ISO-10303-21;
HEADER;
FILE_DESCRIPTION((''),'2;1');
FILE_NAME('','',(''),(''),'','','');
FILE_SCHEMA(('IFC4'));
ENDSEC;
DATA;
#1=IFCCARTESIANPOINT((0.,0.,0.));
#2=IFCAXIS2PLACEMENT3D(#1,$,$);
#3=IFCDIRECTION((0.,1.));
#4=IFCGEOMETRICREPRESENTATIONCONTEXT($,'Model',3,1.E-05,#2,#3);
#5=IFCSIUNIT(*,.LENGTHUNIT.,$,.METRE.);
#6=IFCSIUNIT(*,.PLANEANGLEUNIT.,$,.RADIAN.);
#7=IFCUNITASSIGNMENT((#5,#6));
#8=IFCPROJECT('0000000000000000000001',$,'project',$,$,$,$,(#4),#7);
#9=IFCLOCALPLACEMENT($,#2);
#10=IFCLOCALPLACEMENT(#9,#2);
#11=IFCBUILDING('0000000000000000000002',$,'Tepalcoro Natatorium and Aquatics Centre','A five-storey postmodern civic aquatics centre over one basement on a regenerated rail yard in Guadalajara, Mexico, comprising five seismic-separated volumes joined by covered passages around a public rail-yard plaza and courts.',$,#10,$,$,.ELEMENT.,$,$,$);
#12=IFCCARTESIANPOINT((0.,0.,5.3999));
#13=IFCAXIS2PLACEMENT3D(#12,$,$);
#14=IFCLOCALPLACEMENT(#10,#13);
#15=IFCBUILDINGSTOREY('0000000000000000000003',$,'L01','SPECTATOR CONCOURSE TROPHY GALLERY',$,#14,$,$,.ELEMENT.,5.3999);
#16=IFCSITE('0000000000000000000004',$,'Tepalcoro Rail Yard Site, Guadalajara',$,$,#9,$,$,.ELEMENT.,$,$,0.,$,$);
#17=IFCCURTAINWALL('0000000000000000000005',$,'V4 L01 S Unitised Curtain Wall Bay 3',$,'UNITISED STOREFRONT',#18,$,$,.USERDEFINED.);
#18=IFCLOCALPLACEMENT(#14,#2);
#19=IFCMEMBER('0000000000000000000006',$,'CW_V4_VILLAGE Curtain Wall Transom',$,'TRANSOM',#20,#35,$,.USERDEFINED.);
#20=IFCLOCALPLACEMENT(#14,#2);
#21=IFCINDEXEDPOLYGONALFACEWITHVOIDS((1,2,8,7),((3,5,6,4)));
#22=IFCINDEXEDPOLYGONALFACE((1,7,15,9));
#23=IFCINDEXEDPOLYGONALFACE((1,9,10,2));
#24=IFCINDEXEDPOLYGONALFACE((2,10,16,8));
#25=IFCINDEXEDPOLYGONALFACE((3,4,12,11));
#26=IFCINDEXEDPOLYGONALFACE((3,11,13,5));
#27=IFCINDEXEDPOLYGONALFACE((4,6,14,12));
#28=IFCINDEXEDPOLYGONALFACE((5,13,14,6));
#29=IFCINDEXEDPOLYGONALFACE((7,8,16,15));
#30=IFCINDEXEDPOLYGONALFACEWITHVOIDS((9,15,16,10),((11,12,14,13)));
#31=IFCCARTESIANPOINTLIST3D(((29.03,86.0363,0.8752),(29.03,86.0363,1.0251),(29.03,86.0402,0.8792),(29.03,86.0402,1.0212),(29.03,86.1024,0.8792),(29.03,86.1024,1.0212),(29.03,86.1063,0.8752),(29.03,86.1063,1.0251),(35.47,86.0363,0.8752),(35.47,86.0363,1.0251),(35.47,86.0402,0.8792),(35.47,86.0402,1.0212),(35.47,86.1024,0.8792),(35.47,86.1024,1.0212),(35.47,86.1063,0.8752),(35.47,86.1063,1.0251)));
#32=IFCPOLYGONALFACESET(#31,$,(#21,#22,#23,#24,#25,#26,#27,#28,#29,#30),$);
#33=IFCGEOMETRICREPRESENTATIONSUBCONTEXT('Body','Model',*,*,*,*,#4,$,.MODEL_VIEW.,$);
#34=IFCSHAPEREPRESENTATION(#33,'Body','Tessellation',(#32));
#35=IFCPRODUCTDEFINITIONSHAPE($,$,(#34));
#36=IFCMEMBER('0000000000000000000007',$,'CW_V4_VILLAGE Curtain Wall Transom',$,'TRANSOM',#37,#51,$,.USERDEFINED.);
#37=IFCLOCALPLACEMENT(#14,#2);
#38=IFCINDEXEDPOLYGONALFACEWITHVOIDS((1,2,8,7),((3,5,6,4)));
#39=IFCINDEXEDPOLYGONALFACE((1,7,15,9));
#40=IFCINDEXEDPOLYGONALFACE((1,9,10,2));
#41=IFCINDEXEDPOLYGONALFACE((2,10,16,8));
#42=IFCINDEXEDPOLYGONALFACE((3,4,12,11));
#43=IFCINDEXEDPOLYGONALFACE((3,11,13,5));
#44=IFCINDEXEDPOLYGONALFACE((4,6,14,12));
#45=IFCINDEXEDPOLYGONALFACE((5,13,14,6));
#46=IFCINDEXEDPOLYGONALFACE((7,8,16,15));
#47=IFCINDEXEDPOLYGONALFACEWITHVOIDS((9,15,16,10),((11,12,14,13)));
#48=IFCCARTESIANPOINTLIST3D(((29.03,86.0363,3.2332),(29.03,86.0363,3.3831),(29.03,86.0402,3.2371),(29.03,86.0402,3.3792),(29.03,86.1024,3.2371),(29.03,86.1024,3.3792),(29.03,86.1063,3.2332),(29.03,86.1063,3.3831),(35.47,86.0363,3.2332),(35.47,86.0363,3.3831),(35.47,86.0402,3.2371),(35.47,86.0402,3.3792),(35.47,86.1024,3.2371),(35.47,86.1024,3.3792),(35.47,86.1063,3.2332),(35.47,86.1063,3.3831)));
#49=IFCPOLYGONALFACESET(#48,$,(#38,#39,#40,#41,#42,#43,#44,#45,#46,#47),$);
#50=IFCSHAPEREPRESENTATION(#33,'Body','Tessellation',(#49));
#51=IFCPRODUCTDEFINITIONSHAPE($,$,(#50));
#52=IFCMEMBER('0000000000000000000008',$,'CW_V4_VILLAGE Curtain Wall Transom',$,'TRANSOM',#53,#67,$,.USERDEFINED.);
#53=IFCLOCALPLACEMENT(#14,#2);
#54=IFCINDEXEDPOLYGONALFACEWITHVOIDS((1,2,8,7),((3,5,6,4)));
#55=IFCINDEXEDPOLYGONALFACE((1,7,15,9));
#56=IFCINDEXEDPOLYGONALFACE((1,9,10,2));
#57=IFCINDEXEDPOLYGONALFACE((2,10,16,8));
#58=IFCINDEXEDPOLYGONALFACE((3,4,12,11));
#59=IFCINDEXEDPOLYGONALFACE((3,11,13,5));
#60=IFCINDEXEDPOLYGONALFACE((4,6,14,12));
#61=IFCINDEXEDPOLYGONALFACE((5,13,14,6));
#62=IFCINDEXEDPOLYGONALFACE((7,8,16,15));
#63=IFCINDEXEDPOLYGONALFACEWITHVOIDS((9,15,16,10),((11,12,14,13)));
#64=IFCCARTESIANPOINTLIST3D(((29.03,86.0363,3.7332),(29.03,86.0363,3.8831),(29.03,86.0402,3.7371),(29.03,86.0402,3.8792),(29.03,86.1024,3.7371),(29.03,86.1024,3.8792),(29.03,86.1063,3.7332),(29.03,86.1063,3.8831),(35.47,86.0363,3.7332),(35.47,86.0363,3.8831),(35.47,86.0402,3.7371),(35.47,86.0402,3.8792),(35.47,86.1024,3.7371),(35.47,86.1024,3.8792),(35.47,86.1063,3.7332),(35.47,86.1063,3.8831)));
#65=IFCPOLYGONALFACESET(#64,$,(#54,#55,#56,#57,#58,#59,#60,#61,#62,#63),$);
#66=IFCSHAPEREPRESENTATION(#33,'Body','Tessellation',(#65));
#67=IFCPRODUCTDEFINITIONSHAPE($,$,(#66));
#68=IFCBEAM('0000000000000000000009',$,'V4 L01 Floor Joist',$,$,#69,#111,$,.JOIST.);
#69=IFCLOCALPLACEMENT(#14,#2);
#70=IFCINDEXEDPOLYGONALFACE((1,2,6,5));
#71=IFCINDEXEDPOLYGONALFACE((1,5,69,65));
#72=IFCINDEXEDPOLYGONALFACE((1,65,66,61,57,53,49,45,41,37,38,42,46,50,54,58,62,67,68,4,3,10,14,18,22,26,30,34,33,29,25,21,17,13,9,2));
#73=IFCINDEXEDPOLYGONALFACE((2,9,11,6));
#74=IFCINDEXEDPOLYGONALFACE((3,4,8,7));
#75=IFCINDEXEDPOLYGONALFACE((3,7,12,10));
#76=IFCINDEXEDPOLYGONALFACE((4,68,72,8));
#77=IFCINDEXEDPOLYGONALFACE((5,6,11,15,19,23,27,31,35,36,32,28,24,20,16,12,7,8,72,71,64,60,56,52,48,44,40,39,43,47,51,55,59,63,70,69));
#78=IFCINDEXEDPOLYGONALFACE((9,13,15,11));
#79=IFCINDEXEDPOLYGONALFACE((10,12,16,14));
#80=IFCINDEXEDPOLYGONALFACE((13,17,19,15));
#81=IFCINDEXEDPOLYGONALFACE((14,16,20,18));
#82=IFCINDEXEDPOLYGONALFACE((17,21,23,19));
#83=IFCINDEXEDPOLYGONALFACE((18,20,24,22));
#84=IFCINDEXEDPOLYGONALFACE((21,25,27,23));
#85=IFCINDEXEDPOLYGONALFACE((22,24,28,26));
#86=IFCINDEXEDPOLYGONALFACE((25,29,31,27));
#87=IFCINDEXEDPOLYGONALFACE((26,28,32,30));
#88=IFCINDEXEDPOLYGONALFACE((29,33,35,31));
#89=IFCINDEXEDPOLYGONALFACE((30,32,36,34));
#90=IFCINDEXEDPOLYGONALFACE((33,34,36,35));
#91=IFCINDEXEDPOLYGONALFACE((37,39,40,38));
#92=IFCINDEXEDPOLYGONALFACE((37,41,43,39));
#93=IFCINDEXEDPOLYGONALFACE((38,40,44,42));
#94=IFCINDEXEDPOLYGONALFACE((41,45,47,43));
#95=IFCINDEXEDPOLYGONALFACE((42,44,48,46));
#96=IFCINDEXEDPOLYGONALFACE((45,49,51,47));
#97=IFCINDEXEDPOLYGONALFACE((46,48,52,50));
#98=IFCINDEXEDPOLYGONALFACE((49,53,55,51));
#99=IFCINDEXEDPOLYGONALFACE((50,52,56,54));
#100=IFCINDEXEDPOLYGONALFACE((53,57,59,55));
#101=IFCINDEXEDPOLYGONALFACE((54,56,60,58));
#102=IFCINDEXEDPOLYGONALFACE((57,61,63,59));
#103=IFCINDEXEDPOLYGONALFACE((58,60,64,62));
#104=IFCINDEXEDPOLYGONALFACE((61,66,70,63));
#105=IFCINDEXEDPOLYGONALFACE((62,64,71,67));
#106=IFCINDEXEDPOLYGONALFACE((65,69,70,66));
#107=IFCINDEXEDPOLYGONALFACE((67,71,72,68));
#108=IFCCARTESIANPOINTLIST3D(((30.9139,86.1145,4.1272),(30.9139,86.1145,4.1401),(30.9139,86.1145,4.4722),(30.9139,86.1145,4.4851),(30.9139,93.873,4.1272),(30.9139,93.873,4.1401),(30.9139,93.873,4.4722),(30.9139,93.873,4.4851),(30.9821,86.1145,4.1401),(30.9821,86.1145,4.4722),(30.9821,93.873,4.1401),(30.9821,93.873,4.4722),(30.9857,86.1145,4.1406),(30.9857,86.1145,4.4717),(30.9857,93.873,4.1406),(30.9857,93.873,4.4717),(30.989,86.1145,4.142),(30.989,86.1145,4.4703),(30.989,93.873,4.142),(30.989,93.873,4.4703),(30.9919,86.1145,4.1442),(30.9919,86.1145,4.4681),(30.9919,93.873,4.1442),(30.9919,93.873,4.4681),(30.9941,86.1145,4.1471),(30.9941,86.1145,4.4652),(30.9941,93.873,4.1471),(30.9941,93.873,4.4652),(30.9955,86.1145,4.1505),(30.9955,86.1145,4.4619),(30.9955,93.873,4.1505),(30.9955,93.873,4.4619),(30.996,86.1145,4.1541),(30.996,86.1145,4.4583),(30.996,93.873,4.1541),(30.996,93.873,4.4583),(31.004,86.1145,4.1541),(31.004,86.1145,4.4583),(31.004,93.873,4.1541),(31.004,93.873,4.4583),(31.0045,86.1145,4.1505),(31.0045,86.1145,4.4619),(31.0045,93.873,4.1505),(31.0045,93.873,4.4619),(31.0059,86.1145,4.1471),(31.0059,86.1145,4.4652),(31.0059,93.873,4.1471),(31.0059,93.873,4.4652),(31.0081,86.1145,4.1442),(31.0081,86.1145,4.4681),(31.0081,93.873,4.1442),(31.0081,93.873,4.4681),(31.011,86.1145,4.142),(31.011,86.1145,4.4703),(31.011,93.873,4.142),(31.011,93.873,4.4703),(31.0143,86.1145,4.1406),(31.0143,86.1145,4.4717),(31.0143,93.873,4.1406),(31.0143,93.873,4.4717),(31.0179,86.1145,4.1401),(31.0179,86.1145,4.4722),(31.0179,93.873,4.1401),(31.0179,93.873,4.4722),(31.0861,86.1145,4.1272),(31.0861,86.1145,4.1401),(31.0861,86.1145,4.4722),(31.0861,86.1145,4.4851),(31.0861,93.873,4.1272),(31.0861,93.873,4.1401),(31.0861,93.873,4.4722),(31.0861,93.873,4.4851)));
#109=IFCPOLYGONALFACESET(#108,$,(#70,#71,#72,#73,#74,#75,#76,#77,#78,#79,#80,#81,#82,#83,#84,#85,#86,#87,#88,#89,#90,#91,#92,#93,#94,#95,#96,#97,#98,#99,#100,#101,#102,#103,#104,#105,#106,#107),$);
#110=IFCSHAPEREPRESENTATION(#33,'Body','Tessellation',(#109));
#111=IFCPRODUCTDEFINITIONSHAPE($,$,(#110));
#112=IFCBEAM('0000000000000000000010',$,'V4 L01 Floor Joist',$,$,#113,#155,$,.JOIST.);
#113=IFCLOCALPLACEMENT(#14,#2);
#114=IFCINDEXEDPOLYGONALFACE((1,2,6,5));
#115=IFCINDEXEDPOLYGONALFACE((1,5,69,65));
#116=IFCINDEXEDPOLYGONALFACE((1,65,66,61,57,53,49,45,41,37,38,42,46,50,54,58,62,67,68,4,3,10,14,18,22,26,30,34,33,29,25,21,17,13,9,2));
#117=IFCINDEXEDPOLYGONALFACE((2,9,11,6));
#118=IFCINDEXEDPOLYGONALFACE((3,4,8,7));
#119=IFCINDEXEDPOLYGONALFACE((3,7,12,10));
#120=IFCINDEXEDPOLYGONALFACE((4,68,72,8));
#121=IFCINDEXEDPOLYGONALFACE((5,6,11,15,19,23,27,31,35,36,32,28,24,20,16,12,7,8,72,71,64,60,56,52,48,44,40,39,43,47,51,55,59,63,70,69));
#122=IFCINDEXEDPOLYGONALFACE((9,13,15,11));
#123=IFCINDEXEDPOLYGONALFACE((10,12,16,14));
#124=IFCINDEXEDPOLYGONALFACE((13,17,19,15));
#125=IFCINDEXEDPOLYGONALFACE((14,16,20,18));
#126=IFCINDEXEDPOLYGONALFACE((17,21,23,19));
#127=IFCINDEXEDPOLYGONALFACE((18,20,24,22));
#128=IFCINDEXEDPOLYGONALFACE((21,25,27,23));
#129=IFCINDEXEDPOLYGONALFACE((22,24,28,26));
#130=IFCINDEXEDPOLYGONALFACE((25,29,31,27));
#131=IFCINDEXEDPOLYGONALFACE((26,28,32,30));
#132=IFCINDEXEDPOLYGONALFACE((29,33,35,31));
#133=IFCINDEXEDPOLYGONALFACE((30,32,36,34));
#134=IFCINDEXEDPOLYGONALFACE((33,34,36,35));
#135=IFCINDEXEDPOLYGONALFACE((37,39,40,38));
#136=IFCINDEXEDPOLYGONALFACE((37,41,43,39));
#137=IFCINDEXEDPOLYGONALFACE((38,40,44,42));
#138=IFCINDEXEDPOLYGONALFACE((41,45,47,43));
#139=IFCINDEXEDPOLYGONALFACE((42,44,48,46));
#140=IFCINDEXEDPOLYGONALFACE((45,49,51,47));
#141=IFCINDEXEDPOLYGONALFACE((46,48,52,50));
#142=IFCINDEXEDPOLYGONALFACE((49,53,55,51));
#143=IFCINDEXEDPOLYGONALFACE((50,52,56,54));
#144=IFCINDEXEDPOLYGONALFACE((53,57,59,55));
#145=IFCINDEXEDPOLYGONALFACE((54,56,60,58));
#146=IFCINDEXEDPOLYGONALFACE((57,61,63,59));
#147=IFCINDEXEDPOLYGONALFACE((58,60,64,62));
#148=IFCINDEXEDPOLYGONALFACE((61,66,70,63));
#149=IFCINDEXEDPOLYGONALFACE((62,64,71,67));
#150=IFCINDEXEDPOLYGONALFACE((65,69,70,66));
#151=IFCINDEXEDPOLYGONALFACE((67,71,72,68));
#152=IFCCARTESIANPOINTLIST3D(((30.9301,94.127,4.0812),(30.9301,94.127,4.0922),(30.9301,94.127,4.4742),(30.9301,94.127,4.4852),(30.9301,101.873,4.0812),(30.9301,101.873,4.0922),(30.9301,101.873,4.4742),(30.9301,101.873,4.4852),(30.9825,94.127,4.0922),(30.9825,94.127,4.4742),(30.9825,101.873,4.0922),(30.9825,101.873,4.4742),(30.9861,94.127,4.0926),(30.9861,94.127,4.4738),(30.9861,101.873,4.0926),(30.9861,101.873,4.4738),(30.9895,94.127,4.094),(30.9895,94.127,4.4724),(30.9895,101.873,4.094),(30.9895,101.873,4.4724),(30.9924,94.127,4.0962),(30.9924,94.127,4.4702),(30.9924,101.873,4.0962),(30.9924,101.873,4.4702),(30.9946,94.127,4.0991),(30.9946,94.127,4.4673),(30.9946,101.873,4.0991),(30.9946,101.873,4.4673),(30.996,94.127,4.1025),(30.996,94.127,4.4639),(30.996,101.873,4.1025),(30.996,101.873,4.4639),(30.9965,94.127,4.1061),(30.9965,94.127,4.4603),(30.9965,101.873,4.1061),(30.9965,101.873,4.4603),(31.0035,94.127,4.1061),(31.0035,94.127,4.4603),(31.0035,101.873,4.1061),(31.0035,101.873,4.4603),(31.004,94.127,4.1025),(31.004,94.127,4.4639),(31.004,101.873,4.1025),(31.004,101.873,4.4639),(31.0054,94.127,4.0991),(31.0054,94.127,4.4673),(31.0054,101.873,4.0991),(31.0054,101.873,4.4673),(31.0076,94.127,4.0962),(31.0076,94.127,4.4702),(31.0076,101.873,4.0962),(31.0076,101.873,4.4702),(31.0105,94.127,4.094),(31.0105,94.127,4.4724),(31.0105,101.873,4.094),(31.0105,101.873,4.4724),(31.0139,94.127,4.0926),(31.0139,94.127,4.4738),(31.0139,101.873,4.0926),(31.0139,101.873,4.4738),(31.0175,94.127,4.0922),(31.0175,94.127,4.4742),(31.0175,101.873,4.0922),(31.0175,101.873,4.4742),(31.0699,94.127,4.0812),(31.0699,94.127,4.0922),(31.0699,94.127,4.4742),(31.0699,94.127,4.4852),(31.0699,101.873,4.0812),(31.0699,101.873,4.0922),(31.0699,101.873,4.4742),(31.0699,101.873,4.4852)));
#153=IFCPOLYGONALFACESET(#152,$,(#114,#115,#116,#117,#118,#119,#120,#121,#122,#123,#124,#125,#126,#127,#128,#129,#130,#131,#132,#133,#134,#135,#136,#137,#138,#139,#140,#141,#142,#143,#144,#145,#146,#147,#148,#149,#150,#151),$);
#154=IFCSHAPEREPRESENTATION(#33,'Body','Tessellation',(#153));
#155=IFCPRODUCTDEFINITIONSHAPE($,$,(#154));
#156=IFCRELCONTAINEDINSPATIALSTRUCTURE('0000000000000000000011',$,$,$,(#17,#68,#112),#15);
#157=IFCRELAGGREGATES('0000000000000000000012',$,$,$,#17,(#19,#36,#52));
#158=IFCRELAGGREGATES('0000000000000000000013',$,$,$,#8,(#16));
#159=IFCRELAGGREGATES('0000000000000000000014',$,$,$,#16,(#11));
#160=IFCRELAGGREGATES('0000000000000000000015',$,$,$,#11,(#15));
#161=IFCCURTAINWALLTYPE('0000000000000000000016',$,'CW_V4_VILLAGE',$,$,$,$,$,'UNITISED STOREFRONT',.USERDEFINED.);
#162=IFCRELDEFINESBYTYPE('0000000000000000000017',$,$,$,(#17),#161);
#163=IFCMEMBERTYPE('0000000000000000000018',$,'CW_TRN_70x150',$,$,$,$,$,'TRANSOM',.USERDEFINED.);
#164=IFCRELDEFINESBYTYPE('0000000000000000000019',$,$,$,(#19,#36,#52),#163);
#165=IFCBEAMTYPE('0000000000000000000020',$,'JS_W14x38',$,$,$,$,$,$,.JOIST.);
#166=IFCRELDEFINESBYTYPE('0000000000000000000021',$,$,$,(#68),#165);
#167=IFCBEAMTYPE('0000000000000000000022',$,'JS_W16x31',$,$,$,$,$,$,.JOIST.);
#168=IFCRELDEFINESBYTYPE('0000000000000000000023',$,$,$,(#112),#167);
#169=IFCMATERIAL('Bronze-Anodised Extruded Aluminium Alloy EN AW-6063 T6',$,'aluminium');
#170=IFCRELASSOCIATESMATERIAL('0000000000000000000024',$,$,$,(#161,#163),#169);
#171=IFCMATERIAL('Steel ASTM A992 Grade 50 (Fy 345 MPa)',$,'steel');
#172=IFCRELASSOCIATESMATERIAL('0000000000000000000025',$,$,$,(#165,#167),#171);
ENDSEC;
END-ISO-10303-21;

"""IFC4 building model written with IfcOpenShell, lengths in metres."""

from ifc_helpers import new_model, si_unit, direction, frame, origin, origin_2d, place, context, subcontext, project, spatial, hollow_rectangle, i_section, extrude, material, material_profile, profile_set, type_object, element, aggregate, save


model = new_model("IFC4")

# Units and contexts
model_context = context("Model", 3, precision=1e-05, world=origin(), true_north=direction((0.0, 1.0)))
body_context = subcontext(model_context, "Body", "Model", "MODEL_VIEW")
ifc_project = project(units=[si_unit("LENGTHUNIT", "METRE"), si_unit("PLANEANGLEUNIT", "RADIAN")], contexts=[model_context])

# Site, building, storey
site_placement = place(None, origin())
site = spatial("IfcSite", under=ifc_project, at=site_placement, Name="Tepalcoro Rail Yard Site, Guadalajara", CompositionType="ELEMENT", RefElevation=0.0)
building_placement = place(site_placement, origin())
building = spatial("IfcBuilding", under=site, at=building_placement, Name="Tepalcoro Natatorium and Aquatics Centre", Description="A five-storey postmodern civic aquatics centre over one basement on a regenerated rail yard in Guadalajara, Mexico, comprising five seismic-separated volumes joined by covered passages around a public rail-yard plaza and courts.", CompositionType="ELEMENT")
storey_placement = place(building_placement, frame((0.0, 0.0, 5.3999)))
storey = spatial("IfcBuildingStorey", under=building, at=storey_placement, Name="L01", Description="SPECTATOR CONCOURSE TROPHY GALLERY", CompositionType="ELEMENT", Elevation=5.3999)

# Shared definitions
ifc_material_1 = material(Name="Steel ASTM A992 Grade 50 (Fy 345 MPa)", Category="steel")

# Curtain wall, members
ifc_material_2 = material(Name="Bronze-Anodised Extruded Aluminium Alloy EN AW-6063 T6", Category="aluminium")
curtain_wall_type = type_object("IfcCurtainWallType", Name="CW_V4_VILLAGE", ElementType="UNITISED STOREFRONT", PredefinedType="USERDEFINED", material=ifc_material_2)
curtain_wall_placement = place(storey_placement, origin())
curtain_wall = element("IfcCurtainWall", 1, at=curtain_wall_placement, inside=storey, type_object=curtain_wall_type, Name="V4 L01 S Unitised Curtain Wall Bay 3", ObjectType="UNITISED STOREFRONT", PredefinedType="USERDEFINED")
ifc_material_profile_1 = material_profile(ifc_material_2, hollow_rectangle(XDim=0.0701, YDim=0.1499, WallThickness=0.0039, at=origin_2d()), Name="AL70X150X4")
ifc_profile_set_1 = profile_set([ifc_material_profile_1], Name="Bronze-Anodised Extruded Aluminium Alloy EN AW-6063 T6")
member_type_1 = type_object("IfcMemberType", Name="CW_TRN_70x150", ElementType="TRANSOM", PredefinedType="USERDEFINED", material=ifc_profile_set_1)
member_1_placement = place(storey_placement, frame((29.03, 86.0713, 0.9502), z_axis=(1.0, 0.0, 0.0), x_axis=(0.0, 1.0, 0.0)))
member_1 = element("IfcMember", 2, at=member_1_placement, type_object=member_type_1, Name="CW_V4_VILLAGE Curtain Wall Transom", ObjectType="TRANSOM", PredefinedType="USERDEFINED", context=body_context, shape_type="SweptSolid", body=[
    extrude(hollow_rectangle(XDim=0.0701, YDim=0.1499, WallThickness=0.0039, at=origin_2d()), origin(), (0.0, 0.0, 1.0), 6.4399),
])
member_2_placement = place(storey_placement, frame((29.03, 86.0713, 3.3081), z_axis=(1.0, 0.0, 0.0), x_axis=(0.0, 1.0, 0.0)))
member_2 = element("IfcMember", 3, at=member_2_placement, type_object=member_type_1, Name="CW_V4_VILLAGE Curtain Wall Transom", ObjectType="TRANSOM", PredefinedType="USERDEFINED", context=body_context, shape_type="SweptSolid", body=[
    extrude(hollow_rectangle(XDim=0.0701, YDim=0.1499, WallThickness=0.0039, at=origin_2d()), origin(), (0.0, 0.0, 1.0), 6.4399),
])
member_3_placement = place(storey_placement, frame((29.03, 86.0713, 3.8081), z_axis=(1.0, 0.0, 0.0), x_axis=(0.0, 1.0, 0.0)))
member_3 = element("IfcMember", 4, at=member_3_placement, type_object=member_type_1, Name="CW_V4_VILLAGE Curtain Wall Transom", ObjectType="TRANSOM", PredefinedType="USERDEFINED", context=body_context, shape_type="SweptSolid", body=[
    extrude(hollow_rectangle(XDim=0.0701, YDim=0.1499, WallThickness=0.0039, at=origin_2d()), origin(), (0.0, 0.0, 1.0), 6.4399),
])

# Beams
ifc_material_profile_2 = material_profile(ifc_material_1, i_section(OverallWidth=0.1721, OverallDepth=0.3579, WebThickness=0.0081, FlangeThickness=0.0129, FilletRadius=0.0139, at=origin_2d()), Name="W14X38")
ifc_profile_set_2 = profile_set([ifc_material_profile_2], Name="Steel ASTM A992 Grade 50 (Fy 345 MPa)")
beam_type_1 = type_object("IfcBeamType", Name="JS_W14x38", PredefinedType="JOIST", material=ifc_profile_set_2)
beam_1_placement = place(storey_placement, frame((31.0, 86.1145, 4.3062), z_axis=(0.0, 1.0, 0.0), x_axis=(-1.0, 0.0, 0.0)))
element("IfcBeam", 5, at=beam_1_placement, inside=storey, type_object=beam_type_1, Name="V4 L01 Floor Joist", PredefinedType="JOIST", context=body_context, shape_type="SweptSolid", body=[
    extrude(i_section(OverallWidth=0.1721, OverallDepth=0.3579, WebThickness=0.0081, FlangeThickness=0.0129, FilletRadius=0.0139, at=origin_2d()), origin(), (0.0, 0.0, 1.0), 7.7585),
])
ifc_material_profile_3 = material_profile(ifc_material_1, i_section(OverallWidth=0.1399, OverallDepth=0.4041, WebThickness=0.0071, FlangeThickness=0.011, FilletRadius=0.0139, at=origin_2d()), Name="W16X31")
ifc_profile_set_3 = profile_set([ifc_material_profile_3], Name="Steel ASTM A992 Grade 50 (Fy 345 MPa)")
beam_type_2 = type_object("IfcBeamType", Name="JS_W16x31", PredefinedType="JOIST", material=ifc_profile_set_3)
beam_2_placement = place(storey_placement, frame((31.0, 94.127, 4.2832), z_axis=(0.0, 1.0, 0.0), x_axis=(-1.0, 0.0, 0.0)))
element("IfcBeam", 6, at=beam_2_placement, inside=storey, type_object=beam_type_2, Name="V4 L01 Floor Joist", PredefinedType="JOIST", context=body_context, shape_type="SweptSolid", body=[
    extrude(i_section(OverallWidth=0.1399, OverallDepth=0.4041, WebThickness=0.0071, FlangeThickness=0.011, FilletRadius=0.0139, at=origin_2d()), origin(), (0.0, 0.0, 1.0), 7.7461),
])

aggregate(curtain_wall, [member_1, member_2, member_3])

save(model, "model.ifc")
